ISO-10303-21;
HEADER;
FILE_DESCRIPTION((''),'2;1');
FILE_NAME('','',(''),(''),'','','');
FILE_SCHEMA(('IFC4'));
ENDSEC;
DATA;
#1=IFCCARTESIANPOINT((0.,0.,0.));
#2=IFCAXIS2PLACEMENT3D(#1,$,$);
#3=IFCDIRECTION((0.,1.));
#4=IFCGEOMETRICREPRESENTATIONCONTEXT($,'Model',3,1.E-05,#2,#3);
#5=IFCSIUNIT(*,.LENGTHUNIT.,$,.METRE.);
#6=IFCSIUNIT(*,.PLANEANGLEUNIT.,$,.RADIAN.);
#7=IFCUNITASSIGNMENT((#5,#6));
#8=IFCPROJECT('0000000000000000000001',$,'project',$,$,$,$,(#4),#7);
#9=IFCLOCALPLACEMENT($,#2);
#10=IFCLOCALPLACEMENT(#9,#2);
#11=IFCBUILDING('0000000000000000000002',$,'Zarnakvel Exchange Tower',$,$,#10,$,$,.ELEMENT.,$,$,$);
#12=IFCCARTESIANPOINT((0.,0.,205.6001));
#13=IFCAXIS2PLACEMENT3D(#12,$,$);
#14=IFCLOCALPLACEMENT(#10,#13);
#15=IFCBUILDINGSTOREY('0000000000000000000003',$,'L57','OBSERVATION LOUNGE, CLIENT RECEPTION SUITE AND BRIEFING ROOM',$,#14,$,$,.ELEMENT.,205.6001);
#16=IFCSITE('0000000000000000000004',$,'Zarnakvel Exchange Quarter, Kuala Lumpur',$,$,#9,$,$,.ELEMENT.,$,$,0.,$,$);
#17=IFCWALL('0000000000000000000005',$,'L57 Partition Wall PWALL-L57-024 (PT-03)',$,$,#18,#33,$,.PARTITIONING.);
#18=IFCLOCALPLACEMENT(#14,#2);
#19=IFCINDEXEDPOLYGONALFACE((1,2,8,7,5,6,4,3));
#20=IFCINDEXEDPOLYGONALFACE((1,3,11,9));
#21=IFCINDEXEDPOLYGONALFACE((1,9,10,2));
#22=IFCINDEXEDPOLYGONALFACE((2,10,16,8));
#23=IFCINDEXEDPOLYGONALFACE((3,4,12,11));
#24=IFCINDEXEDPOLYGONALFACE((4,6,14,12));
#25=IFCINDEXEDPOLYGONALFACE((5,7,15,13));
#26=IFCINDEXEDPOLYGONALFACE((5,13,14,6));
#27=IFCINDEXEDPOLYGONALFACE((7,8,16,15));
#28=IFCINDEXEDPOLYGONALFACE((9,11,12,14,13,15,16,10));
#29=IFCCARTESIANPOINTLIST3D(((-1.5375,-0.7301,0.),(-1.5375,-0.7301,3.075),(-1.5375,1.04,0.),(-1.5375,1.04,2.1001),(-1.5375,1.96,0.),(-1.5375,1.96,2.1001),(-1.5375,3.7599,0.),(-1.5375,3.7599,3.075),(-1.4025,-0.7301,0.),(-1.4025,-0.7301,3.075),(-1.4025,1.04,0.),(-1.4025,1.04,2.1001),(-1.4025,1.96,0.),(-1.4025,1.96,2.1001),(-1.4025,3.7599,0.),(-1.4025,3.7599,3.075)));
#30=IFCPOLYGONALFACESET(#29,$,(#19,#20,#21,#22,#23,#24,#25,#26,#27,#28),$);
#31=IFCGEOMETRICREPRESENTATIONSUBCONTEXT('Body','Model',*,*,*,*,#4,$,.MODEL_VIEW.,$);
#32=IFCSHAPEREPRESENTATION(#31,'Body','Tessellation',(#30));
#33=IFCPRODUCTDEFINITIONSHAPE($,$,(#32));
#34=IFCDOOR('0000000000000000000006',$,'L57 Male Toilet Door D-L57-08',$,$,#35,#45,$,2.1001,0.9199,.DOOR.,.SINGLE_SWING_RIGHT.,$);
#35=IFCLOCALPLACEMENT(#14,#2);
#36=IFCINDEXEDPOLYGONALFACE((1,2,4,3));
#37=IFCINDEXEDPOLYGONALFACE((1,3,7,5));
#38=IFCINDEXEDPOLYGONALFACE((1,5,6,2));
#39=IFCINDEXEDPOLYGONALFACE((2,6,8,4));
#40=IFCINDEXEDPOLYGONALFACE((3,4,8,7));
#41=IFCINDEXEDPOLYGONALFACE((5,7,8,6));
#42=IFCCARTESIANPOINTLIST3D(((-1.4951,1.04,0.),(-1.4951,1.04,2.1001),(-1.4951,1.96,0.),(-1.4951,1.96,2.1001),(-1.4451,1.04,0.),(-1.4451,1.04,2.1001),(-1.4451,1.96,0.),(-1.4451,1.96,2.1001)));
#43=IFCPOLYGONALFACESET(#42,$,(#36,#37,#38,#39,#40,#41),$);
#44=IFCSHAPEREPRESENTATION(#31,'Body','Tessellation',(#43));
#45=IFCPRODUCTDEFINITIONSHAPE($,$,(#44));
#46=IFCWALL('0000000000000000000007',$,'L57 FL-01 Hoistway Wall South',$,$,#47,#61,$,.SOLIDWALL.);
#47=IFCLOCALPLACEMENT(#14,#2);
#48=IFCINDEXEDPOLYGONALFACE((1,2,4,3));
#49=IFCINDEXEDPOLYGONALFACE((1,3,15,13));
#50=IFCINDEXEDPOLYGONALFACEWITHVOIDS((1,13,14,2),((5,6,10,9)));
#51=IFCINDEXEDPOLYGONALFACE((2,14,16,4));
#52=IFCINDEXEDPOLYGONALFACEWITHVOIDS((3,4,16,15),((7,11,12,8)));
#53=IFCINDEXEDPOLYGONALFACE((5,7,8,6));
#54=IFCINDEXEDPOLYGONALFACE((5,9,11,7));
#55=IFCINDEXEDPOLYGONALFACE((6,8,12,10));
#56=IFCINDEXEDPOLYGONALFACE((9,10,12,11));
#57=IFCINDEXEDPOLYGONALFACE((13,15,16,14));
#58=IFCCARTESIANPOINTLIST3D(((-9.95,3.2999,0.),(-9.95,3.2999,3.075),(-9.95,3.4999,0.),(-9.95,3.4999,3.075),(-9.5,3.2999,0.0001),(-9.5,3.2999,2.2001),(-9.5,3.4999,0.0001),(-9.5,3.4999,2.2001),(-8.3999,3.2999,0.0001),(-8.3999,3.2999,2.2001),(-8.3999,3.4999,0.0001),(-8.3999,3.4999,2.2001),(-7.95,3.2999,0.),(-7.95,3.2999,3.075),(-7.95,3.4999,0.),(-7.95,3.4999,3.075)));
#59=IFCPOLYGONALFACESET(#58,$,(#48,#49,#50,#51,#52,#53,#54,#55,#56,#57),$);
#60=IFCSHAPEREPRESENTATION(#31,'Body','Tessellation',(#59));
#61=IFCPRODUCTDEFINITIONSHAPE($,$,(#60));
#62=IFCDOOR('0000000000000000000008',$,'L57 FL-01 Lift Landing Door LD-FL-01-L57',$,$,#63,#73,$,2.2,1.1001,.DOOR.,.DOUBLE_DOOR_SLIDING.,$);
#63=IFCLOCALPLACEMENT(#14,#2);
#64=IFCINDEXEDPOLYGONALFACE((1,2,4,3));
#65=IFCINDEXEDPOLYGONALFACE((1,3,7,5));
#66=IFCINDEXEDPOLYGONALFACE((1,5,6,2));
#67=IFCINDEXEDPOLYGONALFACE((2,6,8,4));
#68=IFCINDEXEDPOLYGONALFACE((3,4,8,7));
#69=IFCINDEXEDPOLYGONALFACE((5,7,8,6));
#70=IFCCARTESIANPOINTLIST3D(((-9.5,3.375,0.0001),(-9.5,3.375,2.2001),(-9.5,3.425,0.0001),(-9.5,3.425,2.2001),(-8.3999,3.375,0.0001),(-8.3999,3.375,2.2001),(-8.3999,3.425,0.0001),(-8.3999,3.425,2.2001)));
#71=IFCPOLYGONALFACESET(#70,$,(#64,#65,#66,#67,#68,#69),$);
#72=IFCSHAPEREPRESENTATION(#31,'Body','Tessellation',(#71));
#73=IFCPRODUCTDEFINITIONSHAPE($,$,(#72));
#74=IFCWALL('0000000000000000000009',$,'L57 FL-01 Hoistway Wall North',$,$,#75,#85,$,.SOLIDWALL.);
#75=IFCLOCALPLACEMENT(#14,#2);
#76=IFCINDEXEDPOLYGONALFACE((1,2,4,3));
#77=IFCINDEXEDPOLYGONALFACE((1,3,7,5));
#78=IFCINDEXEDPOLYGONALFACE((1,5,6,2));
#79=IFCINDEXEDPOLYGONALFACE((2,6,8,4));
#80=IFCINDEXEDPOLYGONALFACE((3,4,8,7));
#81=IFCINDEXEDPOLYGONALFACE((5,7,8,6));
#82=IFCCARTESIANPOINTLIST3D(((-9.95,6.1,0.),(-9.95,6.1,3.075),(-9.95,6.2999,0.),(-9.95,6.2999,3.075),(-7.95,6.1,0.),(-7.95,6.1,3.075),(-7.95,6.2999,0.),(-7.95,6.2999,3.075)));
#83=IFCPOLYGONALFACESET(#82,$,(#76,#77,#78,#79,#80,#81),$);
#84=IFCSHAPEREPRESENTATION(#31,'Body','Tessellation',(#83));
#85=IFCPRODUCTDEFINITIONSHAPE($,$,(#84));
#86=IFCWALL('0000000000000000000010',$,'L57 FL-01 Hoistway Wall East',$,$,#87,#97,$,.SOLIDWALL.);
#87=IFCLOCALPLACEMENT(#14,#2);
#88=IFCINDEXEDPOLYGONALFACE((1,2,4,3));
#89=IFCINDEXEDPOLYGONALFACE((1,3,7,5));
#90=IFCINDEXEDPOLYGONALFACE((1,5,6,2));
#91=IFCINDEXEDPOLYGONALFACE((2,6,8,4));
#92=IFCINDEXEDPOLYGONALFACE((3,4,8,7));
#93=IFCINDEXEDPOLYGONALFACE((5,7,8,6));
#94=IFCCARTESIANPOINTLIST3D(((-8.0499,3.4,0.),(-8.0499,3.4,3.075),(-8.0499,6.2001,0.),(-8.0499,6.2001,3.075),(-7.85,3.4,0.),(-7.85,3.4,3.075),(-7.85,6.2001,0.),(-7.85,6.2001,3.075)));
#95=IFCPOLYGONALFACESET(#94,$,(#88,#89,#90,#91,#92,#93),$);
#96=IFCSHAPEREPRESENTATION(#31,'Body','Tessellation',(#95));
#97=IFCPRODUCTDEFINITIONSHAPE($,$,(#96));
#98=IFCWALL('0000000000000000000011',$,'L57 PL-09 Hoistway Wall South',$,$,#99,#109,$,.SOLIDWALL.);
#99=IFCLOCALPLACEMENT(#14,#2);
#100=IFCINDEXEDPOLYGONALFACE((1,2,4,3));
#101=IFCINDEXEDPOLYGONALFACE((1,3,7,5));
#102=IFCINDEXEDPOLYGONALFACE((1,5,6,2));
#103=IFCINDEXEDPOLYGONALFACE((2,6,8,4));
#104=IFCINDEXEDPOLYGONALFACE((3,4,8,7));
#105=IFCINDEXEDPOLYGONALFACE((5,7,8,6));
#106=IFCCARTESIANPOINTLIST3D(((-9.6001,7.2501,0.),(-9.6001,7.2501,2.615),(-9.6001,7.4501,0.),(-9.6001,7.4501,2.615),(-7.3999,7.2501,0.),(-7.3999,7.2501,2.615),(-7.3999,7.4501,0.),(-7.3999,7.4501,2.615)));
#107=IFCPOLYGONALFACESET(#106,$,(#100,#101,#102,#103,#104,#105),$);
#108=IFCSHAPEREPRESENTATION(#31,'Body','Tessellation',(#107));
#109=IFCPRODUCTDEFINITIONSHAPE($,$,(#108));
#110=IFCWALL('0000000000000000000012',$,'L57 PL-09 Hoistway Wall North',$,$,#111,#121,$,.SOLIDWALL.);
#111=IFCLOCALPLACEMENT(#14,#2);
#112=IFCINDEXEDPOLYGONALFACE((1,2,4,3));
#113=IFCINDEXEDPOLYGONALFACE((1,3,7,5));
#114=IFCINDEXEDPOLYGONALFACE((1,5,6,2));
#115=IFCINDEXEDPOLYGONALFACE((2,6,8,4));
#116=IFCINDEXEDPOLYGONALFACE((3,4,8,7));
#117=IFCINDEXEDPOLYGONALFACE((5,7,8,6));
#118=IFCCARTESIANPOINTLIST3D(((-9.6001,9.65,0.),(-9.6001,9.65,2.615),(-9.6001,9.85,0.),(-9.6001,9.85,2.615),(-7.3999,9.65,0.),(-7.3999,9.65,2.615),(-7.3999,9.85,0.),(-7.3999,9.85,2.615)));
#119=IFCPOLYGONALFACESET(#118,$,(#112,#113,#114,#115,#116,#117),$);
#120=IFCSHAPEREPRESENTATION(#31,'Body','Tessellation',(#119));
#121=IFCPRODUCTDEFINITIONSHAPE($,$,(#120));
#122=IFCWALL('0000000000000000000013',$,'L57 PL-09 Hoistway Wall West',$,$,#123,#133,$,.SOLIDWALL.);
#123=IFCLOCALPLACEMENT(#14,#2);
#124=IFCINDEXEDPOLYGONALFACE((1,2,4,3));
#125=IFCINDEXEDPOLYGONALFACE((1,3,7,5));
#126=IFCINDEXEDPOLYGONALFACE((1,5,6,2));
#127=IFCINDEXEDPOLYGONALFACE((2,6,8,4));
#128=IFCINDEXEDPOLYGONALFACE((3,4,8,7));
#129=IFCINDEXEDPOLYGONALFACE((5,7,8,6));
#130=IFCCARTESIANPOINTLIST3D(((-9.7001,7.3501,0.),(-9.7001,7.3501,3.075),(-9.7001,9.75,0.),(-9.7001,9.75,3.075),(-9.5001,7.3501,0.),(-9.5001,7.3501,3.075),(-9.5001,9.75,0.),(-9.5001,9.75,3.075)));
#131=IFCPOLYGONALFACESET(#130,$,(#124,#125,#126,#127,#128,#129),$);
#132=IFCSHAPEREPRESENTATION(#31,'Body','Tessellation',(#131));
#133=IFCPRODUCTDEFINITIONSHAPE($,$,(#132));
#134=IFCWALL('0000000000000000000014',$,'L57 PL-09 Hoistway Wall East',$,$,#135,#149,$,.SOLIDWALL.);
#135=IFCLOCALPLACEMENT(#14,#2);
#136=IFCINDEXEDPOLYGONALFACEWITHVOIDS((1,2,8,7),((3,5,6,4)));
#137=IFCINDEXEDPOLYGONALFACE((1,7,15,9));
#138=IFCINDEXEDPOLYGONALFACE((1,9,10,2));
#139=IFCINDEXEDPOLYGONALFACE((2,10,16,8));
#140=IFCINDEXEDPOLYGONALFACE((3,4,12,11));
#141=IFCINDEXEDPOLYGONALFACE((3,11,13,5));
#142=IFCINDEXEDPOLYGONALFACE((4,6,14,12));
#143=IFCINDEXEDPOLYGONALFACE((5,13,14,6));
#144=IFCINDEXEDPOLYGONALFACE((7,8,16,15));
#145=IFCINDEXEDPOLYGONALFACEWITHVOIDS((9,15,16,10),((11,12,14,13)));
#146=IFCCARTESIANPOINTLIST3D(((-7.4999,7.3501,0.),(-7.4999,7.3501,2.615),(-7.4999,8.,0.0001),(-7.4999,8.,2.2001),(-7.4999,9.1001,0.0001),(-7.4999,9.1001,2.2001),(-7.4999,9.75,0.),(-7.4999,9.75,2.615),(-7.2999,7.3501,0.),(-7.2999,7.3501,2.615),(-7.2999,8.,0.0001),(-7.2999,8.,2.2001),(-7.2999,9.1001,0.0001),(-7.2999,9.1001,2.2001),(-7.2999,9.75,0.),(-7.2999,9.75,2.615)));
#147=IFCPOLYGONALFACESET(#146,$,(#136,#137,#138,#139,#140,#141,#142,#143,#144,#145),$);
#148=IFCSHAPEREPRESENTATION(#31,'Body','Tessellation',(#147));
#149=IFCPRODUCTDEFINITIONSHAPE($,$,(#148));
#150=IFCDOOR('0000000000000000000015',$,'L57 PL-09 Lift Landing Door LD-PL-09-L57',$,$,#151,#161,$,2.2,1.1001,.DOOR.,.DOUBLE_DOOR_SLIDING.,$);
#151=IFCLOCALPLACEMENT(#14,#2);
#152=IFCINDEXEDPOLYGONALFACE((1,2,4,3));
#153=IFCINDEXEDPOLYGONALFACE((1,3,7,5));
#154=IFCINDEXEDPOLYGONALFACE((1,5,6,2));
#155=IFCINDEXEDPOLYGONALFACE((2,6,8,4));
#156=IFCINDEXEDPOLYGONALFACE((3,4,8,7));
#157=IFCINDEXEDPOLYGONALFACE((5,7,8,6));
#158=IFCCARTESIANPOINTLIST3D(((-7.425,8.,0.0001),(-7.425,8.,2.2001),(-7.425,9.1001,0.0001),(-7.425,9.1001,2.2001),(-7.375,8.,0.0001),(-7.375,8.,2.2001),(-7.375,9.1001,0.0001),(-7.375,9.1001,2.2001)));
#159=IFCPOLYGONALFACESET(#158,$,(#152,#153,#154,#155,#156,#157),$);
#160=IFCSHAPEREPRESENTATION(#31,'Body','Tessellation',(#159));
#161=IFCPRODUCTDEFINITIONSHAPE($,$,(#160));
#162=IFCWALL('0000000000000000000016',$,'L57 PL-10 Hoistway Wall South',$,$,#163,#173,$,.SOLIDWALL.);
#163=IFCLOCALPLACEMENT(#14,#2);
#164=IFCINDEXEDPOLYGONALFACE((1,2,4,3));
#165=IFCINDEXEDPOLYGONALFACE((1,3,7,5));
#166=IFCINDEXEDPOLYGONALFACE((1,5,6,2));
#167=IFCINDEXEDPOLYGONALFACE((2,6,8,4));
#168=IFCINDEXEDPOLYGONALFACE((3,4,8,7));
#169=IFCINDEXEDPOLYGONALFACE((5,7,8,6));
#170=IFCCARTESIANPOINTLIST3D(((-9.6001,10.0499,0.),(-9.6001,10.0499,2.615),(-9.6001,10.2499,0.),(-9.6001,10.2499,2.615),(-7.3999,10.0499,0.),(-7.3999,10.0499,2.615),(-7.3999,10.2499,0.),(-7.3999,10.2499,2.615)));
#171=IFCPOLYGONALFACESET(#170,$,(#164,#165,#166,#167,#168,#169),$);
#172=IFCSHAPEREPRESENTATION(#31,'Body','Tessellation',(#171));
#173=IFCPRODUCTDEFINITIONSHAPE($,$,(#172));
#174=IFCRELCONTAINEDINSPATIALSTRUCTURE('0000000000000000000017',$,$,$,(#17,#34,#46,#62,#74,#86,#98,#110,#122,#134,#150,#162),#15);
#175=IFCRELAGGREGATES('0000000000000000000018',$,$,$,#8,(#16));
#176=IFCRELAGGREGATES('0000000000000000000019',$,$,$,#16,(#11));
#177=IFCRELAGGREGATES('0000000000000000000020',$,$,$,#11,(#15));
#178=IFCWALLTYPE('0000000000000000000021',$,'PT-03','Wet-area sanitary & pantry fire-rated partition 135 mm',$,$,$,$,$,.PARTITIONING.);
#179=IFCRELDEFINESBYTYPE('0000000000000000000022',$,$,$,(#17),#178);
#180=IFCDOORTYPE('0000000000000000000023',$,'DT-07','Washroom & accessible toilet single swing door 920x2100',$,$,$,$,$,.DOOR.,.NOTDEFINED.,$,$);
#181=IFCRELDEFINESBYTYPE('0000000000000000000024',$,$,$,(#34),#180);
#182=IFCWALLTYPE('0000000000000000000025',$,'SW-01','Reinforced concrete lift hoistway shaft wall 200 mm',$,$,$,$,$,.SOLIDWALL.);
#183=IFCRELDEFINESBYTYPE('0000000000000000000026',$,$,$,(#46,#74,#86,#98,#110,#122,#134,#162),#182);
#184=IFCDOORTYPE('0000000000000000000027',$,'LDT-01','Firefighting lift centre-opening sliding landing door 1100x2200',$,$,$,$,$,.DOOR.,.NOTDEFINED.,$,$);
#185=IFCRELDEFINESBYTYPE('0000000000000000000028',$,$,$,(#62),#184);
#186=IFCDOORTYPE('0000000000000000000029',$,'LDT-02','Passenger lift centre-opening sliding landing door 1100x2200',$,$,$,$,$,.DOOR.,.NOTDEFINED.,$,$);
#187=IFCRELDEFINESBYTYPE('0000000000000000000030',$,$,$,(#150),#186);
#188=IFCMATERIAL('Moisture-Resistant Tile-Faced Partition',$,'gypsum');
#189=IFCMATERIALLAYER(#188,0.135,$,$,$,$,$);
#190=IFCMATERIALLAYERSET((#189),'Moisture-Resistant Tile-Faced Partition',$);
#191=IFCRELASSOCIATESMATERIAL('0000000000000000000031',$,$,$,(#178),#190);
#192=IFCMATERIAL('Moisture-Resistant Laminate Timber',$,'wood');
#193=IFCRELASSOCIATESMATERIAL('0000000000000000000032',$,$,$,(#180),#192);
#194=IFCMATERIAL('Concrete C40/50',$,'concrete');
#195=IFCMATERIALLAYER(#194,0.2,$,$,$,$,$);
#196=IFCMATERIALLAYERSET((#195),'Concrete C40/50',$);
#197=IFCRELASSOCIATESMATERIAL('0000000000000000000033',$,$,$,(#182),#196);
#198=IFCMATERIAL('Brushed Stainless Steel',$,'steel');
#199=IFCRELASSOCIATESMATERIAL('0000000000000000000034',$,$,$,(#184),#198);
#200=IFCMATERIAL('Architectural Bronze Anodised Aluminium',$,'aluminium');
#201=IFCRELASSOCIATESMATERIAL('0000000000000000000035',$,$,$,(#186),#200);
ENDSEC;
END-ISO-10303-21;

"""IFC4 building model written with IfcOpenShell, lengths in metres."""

from ifc_helpers import new_model, si_unit, direction, frame, frame_2d, origin, place, context, subcontext, project, spatial, rectangle, extrude, source, transform, mapped, material, layer, layer_set, type_object, element, fill, save


model = new_model("IFC4")

# Units and contexts
model_context = context("Model", 3, precision=1e-05, world=origin(), true_north=direction((0.0, 1.0)))
body_context = subcontext(model_context, "Body", "Model", "MODEL_VIEW")
ifc_project = project(units=[si_unit("LENGTHUNIT", "METRE"), si_unit("PLANEANGLEUNIT", "RADIAN")], contexts=[model_context])

# Site, building, storey
site_placement = place(None, origin())
site = spatial("IfcSite", under=ifc_project, at=site_placement, Name="Zarnakvel Exchange Quarter, Kuala Lumpur", CompositionType="ELEMENT", RefElevation=0.0)
building_placement = place(site_placement, origin())
building = spatial("IfcBuilding", under=site, at=building_placement, Name="Zarnakvel Exchange Tower", CompositionType="ELEMENT")
storey_placement = place(building_placement, frame((0.0, 0.0, 205.6001)))
storey = spatial("IfcBuildingStorey", under=building, at=storey_placement, Name="L57", Description="OBSERVATION LOUNGE, CLIENT RECEPTION SUITE AND BRIEFING ROOM", CompositionType="ELEMENT", Elevation=205.6001)

# Walls, openings, doors
ifc_material_1 = material(Name="Moisture-Resistant Tile-Faced Partition", Category="gypsum")
ifc_layer_1 = layer(ifc_material_1, 0.135)
ifc_layer_set_1 = layer_set([ifc_layer_1], Name="Moisture-Resistant Tile-Faced Partition")
wall_type_1 = type_object("IfcWallType", Name="PT-03", Description="Wet-area sanitary & pantry fire-rated partition 135 mm", PredefinedType="PARTITIONING", material=ifc_layer_set_1)
wall_1_placement = place(storey_placement, frame((-1.47, 3.76, 0.0), z_axis=(0.0, 0.0, 1.0), x_axis=(0.0, -1.0, 0.0)))
wall_1 = element("IfcWall", 1, at=wall_1_placement, inside=storey, type_object=wall_type_1, Name="L57 Partition Wall PWALL-L57-024 (PT-03)", PredefinedType="PARTITIONING", context=body_context, shape_type="SweptSolid", body=[
    extrude(rectangle(XDim=4.49, YDim=0.135, at=frame_2d((2.2451, 0.0))), origin(), (0.0, 0.0, 1.0), 3.075),
])
opening_1_placement = place(wall_1_placement, frame((1.8, 0.0, 0.0)))
opening_1 = element("IfcOpeningElement", 2, at=opening_1_placement, cuts=wall_1, PredefinedType="OPENING", context=body_context, shape_type="SweptSolid", body=[
    extrude(rectangle(XDim=0.9199, YDim=2.1001, at=frame_2d((0.46, 1.05))), frame((0.0, 0.0774, 0.0), z_axis=(0.0, -1.0, 0.0), x_axis=(1.0, 0.0, 0.0)), (0.0, 0.0, 1.0), 0.155),
])
ifc_material_2 = material(Name="Moisture-Resistant Laminate Timber", Category="wood")
door_type_1 = type_object("IfcDoorType", Name="DT-07", Description="Washroom & accessible toilet single swing door 920x2100", OperationType="NOTDEFINED", PredefinedType="DOOR", material=ifc_material_2)
shared_shape_1 = source(origin(), body_context, "Body", "SweptSolid", [
    extrude(rectangle(XDim=0.9199, YDim=2.1001, at=frame_2d((0.46, 1.05))), frame((0.0, 0.0249, 0.0), z_axis=(0.0, -1.0, 0.0), x_axis=(1.0, 0.0, 0.0)), (0.0, 0.0, 1.0), 0.05),
])
door_1_placement = place(opening_1_placement, origin())
door_1 = element("IfcDoor", 3, at=door_1_placement, inside=storey, type_object=door_type_1, Name="L57 Male Toilet Door D-L57-08", OperationType="SINGLE_SWING_RIGHT", OverallHeight=2.1001, OverallWidth=0.9199, PredefinedType="DOOR", context=body_context, shape_type="MappedRepresentation", body=[
    mapped(shared_shape_1, transform((0.0, 0.0, 0.0), x_axis=(1.0, 0.0, 0.0), y_axis=(0.0, 1.0, 0.0), z_axis=(0.0, 0.0, 1.0), scale=1.0)),
])
fill(opening_1, door_1)
ifc_material_3 = material(Name="Concrete C40/50", Category="concrete")
ifc_layer_2 = layer(ifc_material_3, 0.2)
ifc_layer_set_2 = layer_set([ifc_layer_2], Name="Concrete C40/50")
wall_type_2 = type_object("IfcWallType", Name="SW-01", Description="Reinforced concrete lift hoistway shaft wall 200 mm", PredefinedType="SOLIDWALL", material=ifc_layer_set_2)
wall_2_placement = place(storey_placement, frame((-7.95, 3.3999, 0.0), z_axis=(0.0, 0.0, 1.0), x_axis=(-1.0, 0.0, 0.0)))
wall_2 = element("IfcWall", 4, at=wall_2_placement, inside=storey, type_object=wall_type_2, Name="L57 FL-01 Hoistway Wall South", PredefinedType="SOLIDWALL", context=body_context, shape_type="SweptSolid", body=[
    extrude(rectangle(XDim=2.0, YDim=0.2, at=frame_2d((1.0, 0.0))), origin(), (0.0, 0.0, 1.0), 3.075),
])
opening_2_placement = place(wall_2_placement, frame((0.45, 0.0, 0.0)))
opening_2 = element("IfcOpeningElement", 5, at=opening_2_placement, cuts=wall_2, PredefinedType="OPENING", context=body_context, shape_type="SweptSolid", body=[
    extrude(rectangle(XDim=1.1001, YDim=2.2, at=frame_2d((0.55, 1.1001))), frame((0.0, 0.1099, 0.0), z_axis=(0.0, -1.0, 0.0), x_axis=(1.0, 0.0, 0.0)), (0.0, 0.0, 1.0), 0.22),
])
ifc_material_4 = material(Name="Brushed Stainless Steel", Category="steel")
door_type_2 = type_object("IfcDoorType", Name="LDT-01", Description="Firefighting lift centre-opening sliding landing door 1100x2200", OperationType="NOTDEFINED", PredefinedType="DOOR", material=ifc_material_4)
shared_shape_2 = source(origin(), body_context, "Body", "SweptSolid", [
    extrude(rectangle(XDim=1.1001, YDim=2.2, at=frame_2d((0.55, 1.1001))), frame((0.0, 0.0249, 0.0), z_axis=(0.0, -1.0, 0.0), x_axis=(1.0, 0.0, 0.0)), (0.0, 0.0, 1.0), 0.05),
])
door_2_placement = place(opening_2_placement, origin())
door_2 = element("IfcDoor", 6, at=door_2_placement, inside=storey, type_object=door_type_2, Name="L57 FL-01 Lift Landing Door LD-FL-01-L57", OperationType="DOUBLE_DOOR_SLIDING", OverallHeight=2.2, OverallWidth=1.1001, PredefinedType="DOOR", context=body_context, shape_type="MappedRepresentation", body=[
    mapped(shared_shape_2, transform((0.0, 0.0, 0.0), x_axis=(1.0, 0.0, 0.0), y_axis=(0.0, 1.0, 0.0), z_axis=(0.0, 0.0, 1.0), scale=1.0)),
])
fill(opening_2, door_2)

# Walls
wall_3_placement = place(storey_placement, frame((-9.95, 6.2, 0.0), z_axis=(0.0, 0.0, 1.0), x_axis=(1.0, 0.0, 0.0)))
element("IfcWall", 7, at=wall_3_placement, inside=storey, type_object=wall_type_2, Name="L57 FL-01 Hoistway Wall North", PredefinedType="SOLIDWALL", context=body_context, shape_type="SweptSolid", body=[
    extrude(rectangle(XDim=2.0, YDim=0.2, at=frame_2d((1.0, 0.0))), origin(), (0.0, 0.0, 1.0), 3.075),
])
wall_4_placement = place(storey_placement, frame((-7.95, 6.2, 0.0), z_axis=(0.0, 0.0, 1.0), x_axis=(0.0, -1.0, 0.0)))
element("IfcWall", 8, at=wall_4_placement, inside=storey, type_object=wall_type_2, Name="L57 FL-01 Hoistway Wall East", PredefinedType="SOLIDWALL", context=body_context, shape_type="SweptSolid", body=[
    extrude(rectangle(XDim=2.8, YDim=0.2, at=frame_2d((1.3999, 0.0))), origin(), (0.0, 0.0, 1.0), 3.075),
])
for number, where, z_axis, x_axis, name in (
    (9, (-7.3999, 7.3501, 0.0), (0.0, 0.0, 1.0), (-1.0, 0.0, 0.0), "L57 PL-09 Hoistway Wall South"),
    (10, (-9.6001, 9.75, 0.0), (0.0, 0.0, 1.0), (1.0, 0.0, 0.0), "L57 PL-09 Hoistway Wall North"),
):
    element("IfcWall", number, at=place(storey_placement, frame(where, z_axis=z_axis, x_axis=x_axis)), inside=storey, type_object=wall_type_2, Name=name, PredefinedType="SOLIDWALL", context=body_context, shape_type="SweptSolid", body=[
        extrude(rectangle(XDim=2.2002, YDim=0.2, at=frame_2d((1.1001, 0.0))), origin(), (0.0, 0.0, 1.0), 2.615),
    ])
wall_5_placement = place(storey_placement, frame((-9.6001, 7.3501, 0.0), z_axis=(0.0, 0.0, 1.0), x_axis=(0.0, 1.0, 0.0)))
element("IfcWall", 11, at=wall_5_placement, inside=storey, type_object=wall_type_2, Name="L57 PL-09 Hoistway Wall West", PredefinedType="SOLIDWALL", context=body_context, shape_type="SweptSolid", body=[
    extrude(rectangle(XDim=2.3999, YDim=0.2, at=frame_2d((1.2, 0.0))), origin(), (0.0, 0.0, 1.0), 3.075),
])

# Wall, opening, door
wall_6_placement = place(storey_placement, frame((-7.3999, 9.75, 0.0), z_axis=(0.0, 0.0, 1.0), x_axis=(0.0, -1.0, 0.0)))
wall_6 = element("IfcWall", 12, at=wall_6_placement, inside=storey, type_object=wall_type_2, Name="L57 PL-09 Hoistway Wall East", PredefinedType="SOLIDWALL", context=body_context, shape_type="SweptSolid", body=[
    extrude(rectangle(XDim=2.3999, YDim=0.2, at=frame_2d((1.2, 0.0))), origin(), (0.0, 0.0, 1.0), 2.615),
])
opening_3_placement = place(wall_6_placement, frame((0.6499, 0.0, 0.0)))
opening_3 = element("IfcOpeningElement", 13, at=opening_3_placement, cuts=wall_6, PredefinedType="OPENING", context=body_context, shape_type="SweptSolid", body=[
    extrude(rectangle(XDim=1.1001, YDim=2.2, at=frame_2d((0.55, 1.1001))), frame((0.0, 0.1099, 0.0), z_axis=(0.0, -1.0, 0.0), x_axis=(1.0, 0.0, 0.0)), (0.0, 0.0, 1.0), 0.22),
])
ifc_material_5 = material(Name="Architectural Bronze Anodised Aluminium", Category="aluminium")
door_type_3 = type_object("IfcDoorType", Name="LDT-02", Description="Passenger lift centre-opening sliding landing door 1100x2200", OperationType="NOTDEFINED", PredefinedType="DOOR", material=ifc_material_5)
door_3_placement = place(opening_3_placement, origin())
door_3 = element("IfcDoor", 14, at=door_3_placement, inside=storey, type_object=door_type_3, Name="L57 PL-09 Lift Landing Door LD-PL-09-L57", OperationType="DOUBLE_DOOR_SLIDING", OverallHeight=2.2, OverallWidth=1.1001, PredefinedType="DOOR", context=body_context, shape_type="MappedRepresentation", body=[
    mapped(shared_shape_2, transform((0.0, 0.0, 0.0), x_axis=(1.0, 0.0, 0.0), y_axis=(0.0, 1.0, 0.0), z_axis=(0.0, 0.0, 1.0), scale=1.0)),
])
fill(opening_3, door_3)

# Wall
for number, where, z_axis, x_axis, name in (
    (15, (-7.3999, 10.1499, 0.0), (0.0, 0.0, 1.0), (-1.0, 0.0, 0.0), "L57 PL-10 Hoistway Wall South"),
):
    element("IfcWall", number, at=place(storey_placement, frame(where, z_axis=z_axis, x_axis=x_axis)), inside=storey, type_object=wall_type_2, Name=name, PredefinedType="SOLIDWALL", context=body_context, shape_type="SweptSolid", body=[
        extrude(rectangle(XDim=2.2002, YDim=0.2, at=frame_2d((1.1001, 0.0))), origin(), (0.0, 0.0, 1.0), 2.615),
    ])

save(model, "model.ifc")
